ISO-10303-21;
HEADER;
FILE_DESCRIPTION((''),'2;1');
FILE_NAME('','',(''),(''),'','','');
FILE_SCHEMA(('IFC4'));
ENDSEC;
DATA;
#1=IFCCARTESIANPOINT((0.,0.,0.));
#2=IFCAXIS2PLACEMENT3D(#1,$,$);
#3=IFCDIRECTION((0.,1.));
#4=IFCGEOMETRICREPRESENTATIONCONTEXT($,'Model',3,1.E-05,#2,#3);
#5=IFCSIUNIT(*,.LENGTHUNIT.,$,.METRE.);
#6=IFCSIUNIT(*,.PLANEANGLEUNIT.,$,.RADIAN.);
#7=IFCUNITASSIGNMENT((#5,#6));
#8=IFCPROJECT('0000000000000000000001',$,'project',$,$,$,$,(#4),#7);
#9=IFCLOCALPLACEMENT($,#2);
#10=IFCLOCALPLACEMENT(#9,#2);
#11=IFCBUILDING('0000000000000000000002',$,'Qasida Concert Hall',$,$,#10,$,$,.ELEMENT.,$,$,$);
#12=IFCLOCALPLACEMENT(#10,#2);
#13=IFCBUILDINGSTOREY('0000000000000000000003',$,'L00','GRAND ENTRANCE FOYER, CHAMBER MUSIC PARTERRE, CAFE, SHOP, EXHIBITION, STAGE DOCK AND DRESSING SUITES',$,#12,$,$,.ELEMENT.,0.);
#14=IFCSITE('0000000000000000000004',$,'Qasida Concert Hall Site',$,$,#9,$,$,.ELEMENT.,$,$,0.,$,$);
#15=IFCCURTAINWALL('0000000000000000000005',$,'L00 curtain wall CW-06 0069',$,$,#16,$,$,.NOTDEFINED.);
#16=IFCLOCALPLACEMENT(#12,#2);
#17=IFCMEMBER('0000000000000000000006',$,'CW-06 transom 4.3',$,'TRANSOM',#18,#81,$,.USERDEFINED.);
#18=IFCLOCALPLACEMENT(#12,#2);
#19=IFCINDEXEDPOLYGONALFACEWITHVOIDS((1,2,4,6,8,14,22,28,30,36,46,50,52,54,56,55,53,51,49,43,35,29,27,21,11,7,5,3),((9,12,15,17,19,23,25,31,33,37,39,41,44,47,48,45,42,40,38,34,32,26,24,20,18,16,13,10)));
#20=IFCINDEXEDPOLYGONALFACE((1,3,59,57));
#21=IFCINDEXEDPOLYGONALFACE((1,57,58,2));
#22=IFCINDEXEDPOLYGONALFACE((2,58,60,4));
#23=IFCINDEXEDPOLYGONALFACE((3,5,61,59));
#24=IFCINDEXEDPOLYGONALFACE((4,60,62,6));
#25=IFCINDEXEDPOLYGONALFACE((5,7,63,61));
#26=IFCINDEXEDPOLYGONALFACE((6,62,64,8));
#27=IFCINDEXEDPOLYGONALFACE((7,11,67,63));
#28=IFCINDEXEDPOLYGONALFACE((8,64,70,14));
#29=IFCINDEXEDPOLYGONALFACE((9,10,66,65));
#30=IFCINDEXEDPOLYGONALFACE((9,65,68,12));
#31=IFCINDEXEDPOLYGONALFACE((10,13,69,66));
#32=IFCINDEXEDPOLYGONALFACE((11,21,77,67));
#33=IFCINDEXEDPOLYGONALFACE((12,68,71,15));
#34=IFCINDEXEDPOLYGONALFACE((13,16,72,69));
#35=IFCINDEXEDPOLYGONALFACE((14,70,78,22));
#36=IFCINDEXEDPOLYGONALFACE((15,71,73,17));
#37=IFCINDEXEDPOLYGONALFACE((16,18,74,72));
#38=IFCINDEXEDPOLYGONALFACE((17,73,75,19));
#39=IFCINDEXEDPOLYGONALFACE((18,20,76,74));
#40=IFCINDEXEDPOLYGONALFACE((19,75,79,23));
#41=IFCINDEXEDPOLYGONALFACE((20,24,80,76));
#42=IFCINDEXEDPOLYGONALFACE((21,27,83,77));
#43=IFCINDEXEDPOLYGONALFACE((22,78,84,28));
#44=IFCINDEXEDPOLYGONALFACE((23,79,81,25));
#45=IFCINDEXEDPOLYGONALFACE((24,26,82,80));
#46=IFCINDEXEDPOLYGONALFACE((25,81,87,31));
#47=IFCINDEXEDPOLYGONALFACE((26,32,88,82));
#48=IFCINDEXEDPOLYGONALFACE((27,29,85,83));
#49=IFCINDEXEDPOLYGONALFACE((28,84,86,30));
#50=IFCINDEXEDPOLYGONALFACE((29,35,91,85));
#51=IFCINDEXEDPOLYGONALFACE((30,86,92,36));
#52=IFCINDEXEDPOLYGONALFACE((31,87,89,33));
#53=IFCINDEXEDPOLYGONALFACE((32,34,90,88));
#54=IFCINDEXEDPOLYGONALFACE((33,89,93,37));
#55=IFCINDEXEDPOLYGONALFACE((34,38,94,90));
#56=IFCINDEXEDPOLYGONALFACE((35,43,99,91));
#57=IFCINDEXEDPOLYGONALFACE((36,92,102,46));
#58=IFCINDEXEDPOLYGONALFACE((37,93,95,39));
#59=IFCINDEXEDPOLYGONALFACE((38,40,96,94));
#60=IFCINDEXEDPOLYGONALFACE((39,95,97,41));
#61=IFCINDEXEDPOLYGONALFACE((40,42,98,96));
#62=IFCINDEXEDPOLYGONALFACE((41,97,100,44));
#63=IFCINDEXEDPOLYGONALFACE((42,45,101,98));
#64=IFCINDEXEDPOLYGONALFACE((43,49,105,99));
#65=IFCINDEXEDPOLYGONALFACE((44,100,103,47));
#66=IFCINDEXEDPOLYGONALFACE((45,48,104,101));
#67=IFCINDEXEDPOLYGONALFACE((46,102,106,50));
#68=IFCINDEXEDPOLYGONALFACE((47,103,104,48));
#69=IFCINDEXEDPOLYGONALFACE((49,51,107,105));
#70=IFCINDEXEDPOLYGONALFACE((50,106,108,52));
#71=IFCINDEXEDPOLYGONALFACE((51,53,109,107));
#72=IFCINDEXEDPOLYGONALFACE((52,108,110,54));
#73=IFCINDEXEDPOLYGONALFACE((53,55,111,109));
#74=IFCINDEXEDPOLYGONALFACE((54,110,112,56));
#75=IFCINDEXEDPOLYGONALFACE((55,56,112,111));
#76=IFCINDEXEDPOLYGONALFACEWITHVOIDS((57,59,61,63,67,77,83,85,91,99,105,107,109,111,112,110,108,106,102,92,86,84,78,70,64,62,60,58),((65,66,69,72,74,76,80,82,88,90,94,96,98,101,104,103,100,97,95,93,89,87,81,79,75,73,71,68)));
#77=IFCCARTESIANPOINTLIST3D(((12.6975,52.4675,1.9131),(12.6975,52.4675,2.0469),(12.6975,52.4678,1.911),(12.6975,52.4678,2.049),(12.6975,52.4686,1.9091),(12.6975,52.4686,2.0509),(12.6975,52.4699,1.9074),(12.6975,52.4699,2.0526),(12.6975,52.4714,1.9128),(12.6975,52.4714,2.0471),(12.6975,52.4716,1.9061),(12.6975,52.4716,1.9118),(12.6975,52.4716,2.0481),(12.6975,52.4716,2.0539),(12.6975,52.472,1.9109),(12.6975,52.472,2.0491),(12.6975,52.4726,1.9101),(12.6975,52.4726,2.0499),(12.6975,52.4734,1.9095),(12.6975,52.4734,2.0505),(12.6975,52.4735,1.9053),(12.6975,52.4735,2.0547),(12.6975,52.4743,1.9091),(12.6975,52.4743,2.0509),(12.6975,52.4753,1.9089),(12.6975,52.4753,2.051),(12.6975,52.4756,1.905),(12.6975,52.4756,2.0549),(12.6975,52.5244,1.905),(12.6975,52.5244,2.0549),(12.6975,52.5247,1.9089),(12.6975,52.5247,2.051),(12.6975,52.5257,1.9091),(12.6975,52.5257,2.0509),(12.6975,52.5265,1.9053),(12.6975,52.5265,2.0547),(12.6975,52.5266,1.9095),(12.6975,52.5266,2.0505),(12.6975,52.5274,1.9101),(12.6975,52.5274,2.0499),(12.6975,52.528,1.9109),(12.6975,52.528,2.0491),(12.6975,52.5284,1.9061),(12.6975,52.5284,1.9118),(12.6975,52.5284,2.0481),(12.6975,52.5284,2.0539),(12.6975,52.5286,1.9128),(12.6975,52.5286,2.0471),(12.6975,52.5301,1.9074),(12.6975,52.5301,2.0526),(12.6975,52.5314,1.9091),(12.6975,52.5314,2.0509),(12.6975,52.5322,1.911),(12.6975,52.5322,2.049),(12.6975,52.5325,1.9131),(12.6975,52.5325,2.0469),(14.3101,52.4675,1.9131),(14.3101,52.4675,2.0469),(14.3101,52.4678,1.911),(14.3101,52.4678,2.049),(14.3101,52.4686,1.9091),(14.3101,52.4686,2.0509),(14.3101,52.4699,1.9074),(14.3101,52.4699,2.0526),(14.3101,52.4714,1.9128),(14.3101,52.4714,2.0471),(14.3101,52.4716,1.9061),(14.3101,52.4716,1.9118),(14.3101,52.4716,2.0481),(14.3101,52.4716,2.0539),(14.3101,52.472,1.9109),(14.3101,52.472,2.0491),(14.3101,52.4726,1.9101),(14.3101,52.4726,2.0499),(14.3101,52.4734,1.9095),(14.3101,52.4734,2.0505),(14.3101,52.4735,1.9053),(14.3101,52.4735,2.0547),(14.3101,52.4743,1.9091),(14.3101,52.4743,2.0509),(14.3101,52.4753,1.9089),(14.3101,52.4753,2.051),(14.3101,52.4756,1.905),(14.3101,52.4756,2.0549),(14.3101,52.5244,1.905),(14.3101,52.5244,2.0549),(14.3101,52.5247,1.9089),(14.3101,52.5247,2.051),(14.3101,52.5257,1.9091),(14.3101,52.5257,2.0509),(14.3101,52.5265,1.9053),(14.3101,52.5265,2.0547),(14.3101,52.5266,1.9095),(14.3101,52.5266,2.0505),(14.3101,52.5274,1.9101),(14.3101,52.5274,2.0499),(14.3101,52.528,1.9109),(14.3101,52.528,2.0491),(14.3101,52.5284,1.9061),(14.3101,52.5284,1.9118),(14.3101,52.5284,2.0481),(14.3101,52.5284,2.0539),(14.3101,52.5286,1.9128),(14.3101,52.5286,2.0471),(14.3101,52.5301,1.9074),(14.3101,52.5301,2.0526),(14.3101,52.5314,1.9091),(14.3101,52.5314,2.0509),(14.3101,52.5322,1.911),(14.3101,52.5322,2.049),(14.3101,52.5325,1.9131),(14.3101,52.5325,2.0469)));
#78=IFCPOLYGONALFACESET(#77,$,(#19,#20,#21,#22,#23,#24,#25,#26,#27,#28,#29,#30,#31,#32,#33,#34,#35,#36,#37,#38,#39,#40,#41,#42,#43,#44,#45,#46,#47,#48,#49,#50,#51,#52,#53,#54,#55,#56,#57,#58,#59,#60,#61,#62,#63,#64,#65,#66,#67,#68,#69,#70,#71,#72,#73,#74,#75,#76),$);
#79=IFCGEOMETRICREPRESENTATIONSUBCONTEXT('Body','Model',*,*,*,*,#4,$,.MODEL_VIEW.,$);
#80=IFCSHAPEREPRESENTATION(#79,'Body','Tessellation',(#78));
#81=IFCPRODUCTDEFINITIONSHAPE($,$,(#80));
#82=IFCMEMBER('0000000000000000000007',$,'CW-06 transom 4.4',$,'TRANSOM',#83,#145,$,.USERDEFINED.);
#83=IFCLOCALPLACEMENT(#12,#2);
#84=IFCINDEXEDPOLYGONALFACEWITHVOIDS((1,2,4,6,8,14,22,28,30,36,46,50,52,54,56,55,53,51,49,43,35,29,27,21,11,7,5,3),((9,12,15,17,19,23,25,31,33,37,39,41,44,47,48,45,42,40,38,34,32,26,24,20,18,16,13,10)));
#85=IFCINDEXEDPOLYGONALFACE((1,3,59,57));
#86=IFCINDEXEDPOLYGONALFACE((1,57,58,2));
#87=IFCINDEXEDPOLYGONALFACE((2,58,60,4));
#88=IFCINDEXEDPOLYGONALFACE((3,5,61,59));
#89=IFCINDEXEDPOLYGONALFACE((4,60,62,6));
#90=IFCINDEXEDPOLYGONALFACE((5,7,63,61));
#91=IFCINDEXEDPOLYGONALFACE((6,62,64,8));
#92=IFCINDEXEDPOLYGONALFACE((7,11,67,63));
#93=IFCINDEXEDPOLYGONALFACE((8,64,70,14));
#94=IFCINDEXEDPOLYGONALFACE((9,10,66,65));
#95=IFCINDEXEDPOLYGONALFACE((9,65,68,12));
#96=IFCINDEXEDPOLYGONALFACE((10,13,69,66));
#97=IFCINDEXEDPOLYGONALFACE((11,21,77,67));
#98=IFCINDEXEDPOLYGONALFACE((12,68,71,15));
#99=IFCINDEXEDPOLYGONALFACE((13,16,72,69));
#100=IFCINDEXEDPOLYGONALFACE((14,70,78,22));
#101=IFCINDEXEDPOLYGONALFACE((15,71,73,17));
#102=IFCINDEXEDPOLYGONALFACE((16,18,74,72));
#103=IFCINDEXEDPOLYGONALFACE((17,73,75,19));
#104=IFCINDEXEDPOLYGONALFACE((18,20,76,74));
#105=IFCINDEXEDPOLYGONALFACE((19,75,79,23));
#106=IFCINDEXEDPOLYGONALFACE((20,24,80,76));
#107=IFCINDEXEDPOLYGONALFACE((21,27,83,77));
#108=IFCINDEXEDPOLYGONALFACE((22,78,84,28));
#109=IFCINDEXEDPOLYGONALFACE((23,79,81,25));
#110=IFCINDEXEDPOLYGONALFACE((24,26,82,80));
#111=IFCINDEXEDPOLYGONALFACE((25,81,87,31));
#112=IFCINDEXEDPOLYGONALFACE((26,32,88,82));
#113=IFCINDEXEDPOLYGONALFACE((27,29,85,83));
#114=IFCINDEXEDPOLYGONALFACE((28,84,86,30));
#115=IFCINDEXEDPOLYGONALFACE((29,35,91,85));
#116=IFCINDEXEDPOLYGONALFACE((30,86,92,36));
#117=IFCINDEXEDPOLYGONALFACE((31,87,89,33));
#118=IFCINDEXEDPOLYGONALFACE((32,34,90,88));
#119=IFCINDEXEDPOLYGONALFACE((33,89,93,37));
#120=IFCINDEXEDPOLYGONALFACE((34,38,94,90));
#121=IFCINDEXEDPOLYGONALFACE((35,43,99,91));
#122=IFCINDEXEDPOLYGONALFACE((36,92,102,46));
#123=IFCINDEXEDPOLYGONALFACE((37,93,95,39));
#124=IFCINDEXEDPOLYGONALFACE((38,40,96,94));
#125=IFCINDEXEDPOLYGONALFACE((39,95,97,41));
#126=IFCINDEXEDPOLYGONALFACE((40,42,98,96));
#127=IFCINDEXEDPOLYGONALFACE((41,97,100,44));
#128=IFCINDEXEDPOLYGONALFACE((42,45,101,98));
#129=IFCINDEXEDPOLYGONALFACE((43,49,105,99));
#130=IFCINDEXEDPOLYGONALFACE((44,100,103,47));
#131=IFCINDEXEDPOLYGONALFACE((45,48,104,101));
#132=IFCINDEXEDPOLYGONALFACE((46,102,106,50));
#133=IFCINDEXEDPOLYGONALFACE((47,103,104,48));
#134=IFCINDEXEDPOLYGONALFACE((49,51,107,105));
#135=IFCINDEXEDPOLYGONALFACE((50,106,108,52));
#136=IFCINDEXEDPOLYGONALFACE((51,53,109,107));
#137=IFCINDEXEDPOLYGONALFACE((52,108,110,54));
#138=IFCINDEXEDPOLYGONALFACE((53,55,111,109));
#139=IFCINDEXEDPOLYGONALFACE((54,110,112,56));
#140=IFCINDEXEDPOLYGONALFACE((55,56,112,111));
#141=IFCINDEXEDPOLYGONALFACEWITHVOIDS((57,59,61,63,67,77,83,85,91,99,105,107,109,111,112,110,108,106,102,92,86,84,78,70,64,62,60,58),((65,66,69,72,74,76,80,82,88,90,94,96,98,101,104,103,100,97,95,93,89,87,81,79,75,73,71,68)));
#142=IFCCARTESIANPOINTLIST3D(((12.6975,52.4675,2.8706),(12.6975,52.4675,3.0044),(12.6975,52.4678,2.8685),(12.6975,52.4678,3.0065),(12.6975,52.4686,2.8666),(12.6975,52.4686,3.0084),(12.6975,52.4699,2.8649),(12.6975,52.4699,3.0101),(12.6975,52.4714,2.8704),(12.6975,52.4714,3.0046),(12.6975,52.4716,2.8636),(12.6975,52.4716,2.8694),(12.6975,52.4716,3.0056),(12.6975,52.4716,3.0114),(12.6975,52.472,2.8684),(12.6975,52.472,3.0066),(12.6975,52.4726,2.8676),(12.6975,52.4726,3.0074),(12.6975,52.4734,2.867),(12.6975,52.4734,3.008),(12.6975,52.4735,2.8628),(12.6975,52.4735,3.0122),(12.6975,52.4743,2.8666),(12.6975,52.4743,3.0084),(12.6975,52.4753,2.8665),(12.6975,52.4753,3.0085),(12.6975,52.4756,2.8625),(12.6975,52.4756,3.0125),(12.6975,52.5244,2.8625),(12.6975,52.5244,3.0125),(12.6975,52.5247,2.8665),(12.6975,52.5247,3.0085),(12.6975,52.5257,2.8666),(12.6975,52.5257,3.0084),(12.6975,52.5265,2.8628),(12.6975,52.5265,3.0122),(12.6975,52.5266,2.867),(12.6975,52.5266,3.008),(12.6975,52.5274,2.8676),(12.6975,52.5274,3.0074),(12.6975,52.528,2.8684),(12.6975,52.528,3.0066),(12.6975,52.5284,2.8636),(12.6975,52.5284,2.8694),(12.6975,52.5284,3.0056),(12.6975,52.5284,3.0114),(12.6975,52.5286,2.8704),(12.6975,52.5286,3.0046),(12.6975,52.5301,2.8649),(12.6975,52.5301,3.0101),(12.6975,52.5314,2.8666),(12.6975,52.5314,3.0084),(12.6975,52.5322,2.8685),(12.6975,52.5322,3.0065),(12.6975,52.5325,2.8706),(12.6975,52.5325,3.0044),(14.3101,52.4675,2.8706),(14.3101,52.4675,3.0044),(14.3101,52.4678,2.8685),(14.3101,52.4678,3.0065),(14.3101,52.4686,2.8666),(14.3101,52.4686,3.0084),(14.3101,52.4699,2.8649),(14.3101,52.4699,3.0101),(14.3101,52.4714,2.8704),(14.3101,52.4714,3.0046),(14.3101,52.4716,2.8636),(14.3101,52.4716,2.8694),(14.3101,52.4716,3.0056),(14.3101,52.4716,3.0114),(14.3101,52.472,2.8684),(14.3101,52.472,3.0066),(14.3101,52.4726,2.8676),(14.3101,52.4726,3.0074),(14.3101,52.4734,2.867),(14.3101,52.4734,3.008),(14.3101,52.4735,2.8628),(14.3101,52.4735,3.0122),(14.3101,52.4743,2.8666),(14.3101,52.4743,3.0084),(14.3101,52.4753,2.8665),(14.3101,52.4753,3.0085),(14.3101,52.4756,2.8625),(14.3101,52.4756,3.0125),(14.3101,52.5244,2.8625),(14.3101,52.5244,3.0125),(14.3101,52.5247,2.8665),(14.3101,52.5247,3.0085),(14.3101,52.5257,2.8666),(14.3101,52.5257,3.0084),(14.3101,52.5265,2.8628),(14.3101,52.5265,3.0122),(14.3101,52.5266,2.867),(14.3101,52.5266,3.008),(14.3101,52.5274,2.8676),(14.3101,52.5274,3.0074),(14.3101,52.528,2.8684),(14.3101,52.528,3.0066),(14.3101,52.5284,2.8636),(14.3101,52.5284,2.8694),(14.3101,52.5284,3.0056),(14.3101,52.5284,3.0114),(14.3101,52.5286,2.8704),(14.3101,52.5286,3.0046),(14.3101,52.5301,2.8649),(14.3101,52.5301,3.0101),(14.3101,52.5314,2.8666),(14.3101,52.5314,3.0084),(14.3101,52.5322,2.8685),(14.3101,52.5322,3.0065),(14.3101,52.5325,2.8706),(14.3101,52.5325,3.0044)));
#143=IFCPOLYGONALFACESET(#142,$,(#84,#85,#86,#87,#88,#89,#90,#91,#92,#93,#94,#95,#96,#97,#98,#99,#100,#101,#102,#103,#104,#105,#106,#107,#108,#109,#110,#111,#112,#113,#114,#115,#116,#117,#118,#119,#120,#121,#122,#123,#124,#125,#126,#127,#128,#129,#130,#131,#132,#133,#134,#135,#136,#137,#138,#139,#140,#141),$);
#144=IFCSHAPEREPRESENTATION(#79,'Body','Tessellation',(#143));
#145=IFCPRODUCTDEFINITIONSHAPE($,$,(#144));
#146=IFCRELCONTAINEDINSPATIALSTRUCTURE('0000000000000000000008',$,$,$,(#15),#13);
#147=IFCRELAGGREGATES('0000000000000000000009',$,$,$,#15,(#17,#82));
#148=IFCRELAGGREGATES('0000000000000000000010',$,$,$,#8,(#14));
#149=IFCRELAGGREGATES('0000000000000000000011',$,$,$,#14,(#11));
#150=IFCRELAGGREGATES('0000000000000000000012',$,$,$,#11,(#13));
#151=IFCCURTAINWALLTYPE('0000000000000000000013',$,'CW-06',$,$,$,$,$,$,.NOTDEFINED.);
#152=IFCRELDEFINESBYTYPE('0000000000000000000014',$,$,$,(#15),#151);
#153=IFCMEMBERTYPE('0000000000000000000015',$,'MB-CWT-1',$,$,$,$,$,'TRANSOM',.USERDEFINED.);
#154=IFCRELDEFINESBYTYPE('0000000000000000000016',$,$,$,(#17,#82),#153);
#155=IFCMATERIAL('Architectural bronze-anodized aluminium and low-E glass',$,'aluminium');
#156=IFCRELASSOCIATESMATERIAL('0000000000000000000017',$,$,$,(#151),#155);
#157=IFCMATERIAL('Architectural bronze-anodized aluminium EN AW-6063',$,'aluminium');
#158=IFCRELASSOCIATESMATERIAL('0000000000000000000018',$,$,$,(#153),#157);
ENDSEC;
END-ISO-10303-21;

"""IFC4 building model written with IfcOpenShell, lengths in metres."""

from ifc_helpers import new_model, si_unit, direction, frame, origin, origin_2d, place, context, subcontext, project, spatial, hollow_rectangle, extrude, material, material_profile, profile_set, type_object, element, aggregate, save


model = new_model("IFC4")

# Units and contexts
model_context = context("Model", 3, precision=1e-05, world=origin(), true_north=direction((0.0, 1.0)))
body_context = subcontext(model_context, "Body", "Model", "MODEL_VIEW")
ifc_project = project(units=[si_unit("LENGTHUNIT", "METRE"), si_unit("PLANEANGLEUNIT", "RADIAN")], contexts=[model_context])

# Site, building, storey
site_placement = place(None, origin())
site = spatial("IfcSite", under=ifc_project, at=site_placement, Name="Qasida Concert Hall Site", CompositionType="ELEMENT", RefElevation=0.0)
building_placement = place(site_placement, origin())
building = spatial("IfcBuilding", under=site, at=building_placement, Name="Qasida Concert Hall", CompositionType="ELEMENT")
storey_placement = place(building_placement, origin())
storey = spatial("IfcBuildingStorey", under=building, at=storey_placement, Name="L00", Description="GRAND ENTRANCE FOYER, CHAMBER MUSIC PARTERRE, CAFE, SHOP, EXHIBITION, STAGE DOCK AND DRESSING SUITES", CompositionType="ELEMENT", Elevation=0.0)

# Curtain wall
ifc_material_1 = material(Name="Architectural bronze-anodized aluminium and low-E glass", Category="aluminium")
curtain_wall_type = type_object("IfcCurtainWallType", Name="CW-06", PredefinedType="NOTDEFINED", material=ifc_material_1)
curtain_wall_1_placement = place(storey_placement, origin())
curtain_wall_1 = element("IfcCurtainWall", 1, at=curtain_wall_1_placement, inside=storey, type_object=curtain_wall_type, Name="L00 curtain wall CW-06 0069", PredefinedType="NOTDEFINED")
ifc_material_2 = material(Name="Architectural bronze-anodized aluminium EN AW-6063", Category="aluminium")

# Members
ifc_material_profile_1 = material_profile(ifc_material_2, hollow_rectangle(XDim=0.0649, YDim=0.1499, WallThickness=0.0039, InnerFilletRadius=0.0039, OuterFilletRadius=0.0081, at=origin_2d()), Name="CWT 150x65x4")
ifc_profile_set_1 = profile_set([ifc_material_profile_1], Name="Architectural bronze-anodized aluminium EN AW-6063")
member_type_1 = type_object("IfcMemberType", Name="MB-CWT-1", ElementType="TRANSOM", PredefinedType="USERDEFINED", material=ifc_profile_set_1)
member_1_placement = place(storey_placement, frame((12.6975, 52.5, 1.98), z_axis=(1.0, 0.0, 0.0), x_axis=(0.0, 1.0, 0.0)))
member_1 = element("IfcMember", 2, at=member_1_placement, type_object=member_type_1, Name="CW-06 transom 4.3", ObjectType="TRANSOM", PredefinedType="USERDEFINED", context=body_context, shape_type="SweptSolid", body=[
    extrude(hollow_rectangle(XDim=0.0649, YDim=0.1499, WallThickness=0.0039, InnerFilletRadius=0.0039, OuterFilletRadius=0.0081, at=origin_2d()), origin(), (0.0, 0.0, 1.0), 1.6125),
])
member_2_placement = place(storey_placement, frame((12.6975, 52.5, 2.9375), z_axis=(1.0, 0.0, 0.0), x_axis=(0.0, 1.0, 0.0)))
member_2 = element("IfcMember", 3, at=member_2_placement, type_object=member_type_1, Name="CW-06 transom 4.4", ObjectType="TRANSOM", PredefinedType="USERDEFINED", context=body_context, shape_type="SweptSolid", body=[
    extrude(hollow_rectangle(XDim=0.0649, YDim=0.1499, WallThickness=0.0039, InnerFilletRadius=0.0039, OuterFilletRadius=0.0081, at=origin_2d()), origin(), (0.0, 0.0, 1.0), 1.6125),
])

aggregate(curtain_wall_1, [member_1, member_2])

save(model, "model.ifc")
